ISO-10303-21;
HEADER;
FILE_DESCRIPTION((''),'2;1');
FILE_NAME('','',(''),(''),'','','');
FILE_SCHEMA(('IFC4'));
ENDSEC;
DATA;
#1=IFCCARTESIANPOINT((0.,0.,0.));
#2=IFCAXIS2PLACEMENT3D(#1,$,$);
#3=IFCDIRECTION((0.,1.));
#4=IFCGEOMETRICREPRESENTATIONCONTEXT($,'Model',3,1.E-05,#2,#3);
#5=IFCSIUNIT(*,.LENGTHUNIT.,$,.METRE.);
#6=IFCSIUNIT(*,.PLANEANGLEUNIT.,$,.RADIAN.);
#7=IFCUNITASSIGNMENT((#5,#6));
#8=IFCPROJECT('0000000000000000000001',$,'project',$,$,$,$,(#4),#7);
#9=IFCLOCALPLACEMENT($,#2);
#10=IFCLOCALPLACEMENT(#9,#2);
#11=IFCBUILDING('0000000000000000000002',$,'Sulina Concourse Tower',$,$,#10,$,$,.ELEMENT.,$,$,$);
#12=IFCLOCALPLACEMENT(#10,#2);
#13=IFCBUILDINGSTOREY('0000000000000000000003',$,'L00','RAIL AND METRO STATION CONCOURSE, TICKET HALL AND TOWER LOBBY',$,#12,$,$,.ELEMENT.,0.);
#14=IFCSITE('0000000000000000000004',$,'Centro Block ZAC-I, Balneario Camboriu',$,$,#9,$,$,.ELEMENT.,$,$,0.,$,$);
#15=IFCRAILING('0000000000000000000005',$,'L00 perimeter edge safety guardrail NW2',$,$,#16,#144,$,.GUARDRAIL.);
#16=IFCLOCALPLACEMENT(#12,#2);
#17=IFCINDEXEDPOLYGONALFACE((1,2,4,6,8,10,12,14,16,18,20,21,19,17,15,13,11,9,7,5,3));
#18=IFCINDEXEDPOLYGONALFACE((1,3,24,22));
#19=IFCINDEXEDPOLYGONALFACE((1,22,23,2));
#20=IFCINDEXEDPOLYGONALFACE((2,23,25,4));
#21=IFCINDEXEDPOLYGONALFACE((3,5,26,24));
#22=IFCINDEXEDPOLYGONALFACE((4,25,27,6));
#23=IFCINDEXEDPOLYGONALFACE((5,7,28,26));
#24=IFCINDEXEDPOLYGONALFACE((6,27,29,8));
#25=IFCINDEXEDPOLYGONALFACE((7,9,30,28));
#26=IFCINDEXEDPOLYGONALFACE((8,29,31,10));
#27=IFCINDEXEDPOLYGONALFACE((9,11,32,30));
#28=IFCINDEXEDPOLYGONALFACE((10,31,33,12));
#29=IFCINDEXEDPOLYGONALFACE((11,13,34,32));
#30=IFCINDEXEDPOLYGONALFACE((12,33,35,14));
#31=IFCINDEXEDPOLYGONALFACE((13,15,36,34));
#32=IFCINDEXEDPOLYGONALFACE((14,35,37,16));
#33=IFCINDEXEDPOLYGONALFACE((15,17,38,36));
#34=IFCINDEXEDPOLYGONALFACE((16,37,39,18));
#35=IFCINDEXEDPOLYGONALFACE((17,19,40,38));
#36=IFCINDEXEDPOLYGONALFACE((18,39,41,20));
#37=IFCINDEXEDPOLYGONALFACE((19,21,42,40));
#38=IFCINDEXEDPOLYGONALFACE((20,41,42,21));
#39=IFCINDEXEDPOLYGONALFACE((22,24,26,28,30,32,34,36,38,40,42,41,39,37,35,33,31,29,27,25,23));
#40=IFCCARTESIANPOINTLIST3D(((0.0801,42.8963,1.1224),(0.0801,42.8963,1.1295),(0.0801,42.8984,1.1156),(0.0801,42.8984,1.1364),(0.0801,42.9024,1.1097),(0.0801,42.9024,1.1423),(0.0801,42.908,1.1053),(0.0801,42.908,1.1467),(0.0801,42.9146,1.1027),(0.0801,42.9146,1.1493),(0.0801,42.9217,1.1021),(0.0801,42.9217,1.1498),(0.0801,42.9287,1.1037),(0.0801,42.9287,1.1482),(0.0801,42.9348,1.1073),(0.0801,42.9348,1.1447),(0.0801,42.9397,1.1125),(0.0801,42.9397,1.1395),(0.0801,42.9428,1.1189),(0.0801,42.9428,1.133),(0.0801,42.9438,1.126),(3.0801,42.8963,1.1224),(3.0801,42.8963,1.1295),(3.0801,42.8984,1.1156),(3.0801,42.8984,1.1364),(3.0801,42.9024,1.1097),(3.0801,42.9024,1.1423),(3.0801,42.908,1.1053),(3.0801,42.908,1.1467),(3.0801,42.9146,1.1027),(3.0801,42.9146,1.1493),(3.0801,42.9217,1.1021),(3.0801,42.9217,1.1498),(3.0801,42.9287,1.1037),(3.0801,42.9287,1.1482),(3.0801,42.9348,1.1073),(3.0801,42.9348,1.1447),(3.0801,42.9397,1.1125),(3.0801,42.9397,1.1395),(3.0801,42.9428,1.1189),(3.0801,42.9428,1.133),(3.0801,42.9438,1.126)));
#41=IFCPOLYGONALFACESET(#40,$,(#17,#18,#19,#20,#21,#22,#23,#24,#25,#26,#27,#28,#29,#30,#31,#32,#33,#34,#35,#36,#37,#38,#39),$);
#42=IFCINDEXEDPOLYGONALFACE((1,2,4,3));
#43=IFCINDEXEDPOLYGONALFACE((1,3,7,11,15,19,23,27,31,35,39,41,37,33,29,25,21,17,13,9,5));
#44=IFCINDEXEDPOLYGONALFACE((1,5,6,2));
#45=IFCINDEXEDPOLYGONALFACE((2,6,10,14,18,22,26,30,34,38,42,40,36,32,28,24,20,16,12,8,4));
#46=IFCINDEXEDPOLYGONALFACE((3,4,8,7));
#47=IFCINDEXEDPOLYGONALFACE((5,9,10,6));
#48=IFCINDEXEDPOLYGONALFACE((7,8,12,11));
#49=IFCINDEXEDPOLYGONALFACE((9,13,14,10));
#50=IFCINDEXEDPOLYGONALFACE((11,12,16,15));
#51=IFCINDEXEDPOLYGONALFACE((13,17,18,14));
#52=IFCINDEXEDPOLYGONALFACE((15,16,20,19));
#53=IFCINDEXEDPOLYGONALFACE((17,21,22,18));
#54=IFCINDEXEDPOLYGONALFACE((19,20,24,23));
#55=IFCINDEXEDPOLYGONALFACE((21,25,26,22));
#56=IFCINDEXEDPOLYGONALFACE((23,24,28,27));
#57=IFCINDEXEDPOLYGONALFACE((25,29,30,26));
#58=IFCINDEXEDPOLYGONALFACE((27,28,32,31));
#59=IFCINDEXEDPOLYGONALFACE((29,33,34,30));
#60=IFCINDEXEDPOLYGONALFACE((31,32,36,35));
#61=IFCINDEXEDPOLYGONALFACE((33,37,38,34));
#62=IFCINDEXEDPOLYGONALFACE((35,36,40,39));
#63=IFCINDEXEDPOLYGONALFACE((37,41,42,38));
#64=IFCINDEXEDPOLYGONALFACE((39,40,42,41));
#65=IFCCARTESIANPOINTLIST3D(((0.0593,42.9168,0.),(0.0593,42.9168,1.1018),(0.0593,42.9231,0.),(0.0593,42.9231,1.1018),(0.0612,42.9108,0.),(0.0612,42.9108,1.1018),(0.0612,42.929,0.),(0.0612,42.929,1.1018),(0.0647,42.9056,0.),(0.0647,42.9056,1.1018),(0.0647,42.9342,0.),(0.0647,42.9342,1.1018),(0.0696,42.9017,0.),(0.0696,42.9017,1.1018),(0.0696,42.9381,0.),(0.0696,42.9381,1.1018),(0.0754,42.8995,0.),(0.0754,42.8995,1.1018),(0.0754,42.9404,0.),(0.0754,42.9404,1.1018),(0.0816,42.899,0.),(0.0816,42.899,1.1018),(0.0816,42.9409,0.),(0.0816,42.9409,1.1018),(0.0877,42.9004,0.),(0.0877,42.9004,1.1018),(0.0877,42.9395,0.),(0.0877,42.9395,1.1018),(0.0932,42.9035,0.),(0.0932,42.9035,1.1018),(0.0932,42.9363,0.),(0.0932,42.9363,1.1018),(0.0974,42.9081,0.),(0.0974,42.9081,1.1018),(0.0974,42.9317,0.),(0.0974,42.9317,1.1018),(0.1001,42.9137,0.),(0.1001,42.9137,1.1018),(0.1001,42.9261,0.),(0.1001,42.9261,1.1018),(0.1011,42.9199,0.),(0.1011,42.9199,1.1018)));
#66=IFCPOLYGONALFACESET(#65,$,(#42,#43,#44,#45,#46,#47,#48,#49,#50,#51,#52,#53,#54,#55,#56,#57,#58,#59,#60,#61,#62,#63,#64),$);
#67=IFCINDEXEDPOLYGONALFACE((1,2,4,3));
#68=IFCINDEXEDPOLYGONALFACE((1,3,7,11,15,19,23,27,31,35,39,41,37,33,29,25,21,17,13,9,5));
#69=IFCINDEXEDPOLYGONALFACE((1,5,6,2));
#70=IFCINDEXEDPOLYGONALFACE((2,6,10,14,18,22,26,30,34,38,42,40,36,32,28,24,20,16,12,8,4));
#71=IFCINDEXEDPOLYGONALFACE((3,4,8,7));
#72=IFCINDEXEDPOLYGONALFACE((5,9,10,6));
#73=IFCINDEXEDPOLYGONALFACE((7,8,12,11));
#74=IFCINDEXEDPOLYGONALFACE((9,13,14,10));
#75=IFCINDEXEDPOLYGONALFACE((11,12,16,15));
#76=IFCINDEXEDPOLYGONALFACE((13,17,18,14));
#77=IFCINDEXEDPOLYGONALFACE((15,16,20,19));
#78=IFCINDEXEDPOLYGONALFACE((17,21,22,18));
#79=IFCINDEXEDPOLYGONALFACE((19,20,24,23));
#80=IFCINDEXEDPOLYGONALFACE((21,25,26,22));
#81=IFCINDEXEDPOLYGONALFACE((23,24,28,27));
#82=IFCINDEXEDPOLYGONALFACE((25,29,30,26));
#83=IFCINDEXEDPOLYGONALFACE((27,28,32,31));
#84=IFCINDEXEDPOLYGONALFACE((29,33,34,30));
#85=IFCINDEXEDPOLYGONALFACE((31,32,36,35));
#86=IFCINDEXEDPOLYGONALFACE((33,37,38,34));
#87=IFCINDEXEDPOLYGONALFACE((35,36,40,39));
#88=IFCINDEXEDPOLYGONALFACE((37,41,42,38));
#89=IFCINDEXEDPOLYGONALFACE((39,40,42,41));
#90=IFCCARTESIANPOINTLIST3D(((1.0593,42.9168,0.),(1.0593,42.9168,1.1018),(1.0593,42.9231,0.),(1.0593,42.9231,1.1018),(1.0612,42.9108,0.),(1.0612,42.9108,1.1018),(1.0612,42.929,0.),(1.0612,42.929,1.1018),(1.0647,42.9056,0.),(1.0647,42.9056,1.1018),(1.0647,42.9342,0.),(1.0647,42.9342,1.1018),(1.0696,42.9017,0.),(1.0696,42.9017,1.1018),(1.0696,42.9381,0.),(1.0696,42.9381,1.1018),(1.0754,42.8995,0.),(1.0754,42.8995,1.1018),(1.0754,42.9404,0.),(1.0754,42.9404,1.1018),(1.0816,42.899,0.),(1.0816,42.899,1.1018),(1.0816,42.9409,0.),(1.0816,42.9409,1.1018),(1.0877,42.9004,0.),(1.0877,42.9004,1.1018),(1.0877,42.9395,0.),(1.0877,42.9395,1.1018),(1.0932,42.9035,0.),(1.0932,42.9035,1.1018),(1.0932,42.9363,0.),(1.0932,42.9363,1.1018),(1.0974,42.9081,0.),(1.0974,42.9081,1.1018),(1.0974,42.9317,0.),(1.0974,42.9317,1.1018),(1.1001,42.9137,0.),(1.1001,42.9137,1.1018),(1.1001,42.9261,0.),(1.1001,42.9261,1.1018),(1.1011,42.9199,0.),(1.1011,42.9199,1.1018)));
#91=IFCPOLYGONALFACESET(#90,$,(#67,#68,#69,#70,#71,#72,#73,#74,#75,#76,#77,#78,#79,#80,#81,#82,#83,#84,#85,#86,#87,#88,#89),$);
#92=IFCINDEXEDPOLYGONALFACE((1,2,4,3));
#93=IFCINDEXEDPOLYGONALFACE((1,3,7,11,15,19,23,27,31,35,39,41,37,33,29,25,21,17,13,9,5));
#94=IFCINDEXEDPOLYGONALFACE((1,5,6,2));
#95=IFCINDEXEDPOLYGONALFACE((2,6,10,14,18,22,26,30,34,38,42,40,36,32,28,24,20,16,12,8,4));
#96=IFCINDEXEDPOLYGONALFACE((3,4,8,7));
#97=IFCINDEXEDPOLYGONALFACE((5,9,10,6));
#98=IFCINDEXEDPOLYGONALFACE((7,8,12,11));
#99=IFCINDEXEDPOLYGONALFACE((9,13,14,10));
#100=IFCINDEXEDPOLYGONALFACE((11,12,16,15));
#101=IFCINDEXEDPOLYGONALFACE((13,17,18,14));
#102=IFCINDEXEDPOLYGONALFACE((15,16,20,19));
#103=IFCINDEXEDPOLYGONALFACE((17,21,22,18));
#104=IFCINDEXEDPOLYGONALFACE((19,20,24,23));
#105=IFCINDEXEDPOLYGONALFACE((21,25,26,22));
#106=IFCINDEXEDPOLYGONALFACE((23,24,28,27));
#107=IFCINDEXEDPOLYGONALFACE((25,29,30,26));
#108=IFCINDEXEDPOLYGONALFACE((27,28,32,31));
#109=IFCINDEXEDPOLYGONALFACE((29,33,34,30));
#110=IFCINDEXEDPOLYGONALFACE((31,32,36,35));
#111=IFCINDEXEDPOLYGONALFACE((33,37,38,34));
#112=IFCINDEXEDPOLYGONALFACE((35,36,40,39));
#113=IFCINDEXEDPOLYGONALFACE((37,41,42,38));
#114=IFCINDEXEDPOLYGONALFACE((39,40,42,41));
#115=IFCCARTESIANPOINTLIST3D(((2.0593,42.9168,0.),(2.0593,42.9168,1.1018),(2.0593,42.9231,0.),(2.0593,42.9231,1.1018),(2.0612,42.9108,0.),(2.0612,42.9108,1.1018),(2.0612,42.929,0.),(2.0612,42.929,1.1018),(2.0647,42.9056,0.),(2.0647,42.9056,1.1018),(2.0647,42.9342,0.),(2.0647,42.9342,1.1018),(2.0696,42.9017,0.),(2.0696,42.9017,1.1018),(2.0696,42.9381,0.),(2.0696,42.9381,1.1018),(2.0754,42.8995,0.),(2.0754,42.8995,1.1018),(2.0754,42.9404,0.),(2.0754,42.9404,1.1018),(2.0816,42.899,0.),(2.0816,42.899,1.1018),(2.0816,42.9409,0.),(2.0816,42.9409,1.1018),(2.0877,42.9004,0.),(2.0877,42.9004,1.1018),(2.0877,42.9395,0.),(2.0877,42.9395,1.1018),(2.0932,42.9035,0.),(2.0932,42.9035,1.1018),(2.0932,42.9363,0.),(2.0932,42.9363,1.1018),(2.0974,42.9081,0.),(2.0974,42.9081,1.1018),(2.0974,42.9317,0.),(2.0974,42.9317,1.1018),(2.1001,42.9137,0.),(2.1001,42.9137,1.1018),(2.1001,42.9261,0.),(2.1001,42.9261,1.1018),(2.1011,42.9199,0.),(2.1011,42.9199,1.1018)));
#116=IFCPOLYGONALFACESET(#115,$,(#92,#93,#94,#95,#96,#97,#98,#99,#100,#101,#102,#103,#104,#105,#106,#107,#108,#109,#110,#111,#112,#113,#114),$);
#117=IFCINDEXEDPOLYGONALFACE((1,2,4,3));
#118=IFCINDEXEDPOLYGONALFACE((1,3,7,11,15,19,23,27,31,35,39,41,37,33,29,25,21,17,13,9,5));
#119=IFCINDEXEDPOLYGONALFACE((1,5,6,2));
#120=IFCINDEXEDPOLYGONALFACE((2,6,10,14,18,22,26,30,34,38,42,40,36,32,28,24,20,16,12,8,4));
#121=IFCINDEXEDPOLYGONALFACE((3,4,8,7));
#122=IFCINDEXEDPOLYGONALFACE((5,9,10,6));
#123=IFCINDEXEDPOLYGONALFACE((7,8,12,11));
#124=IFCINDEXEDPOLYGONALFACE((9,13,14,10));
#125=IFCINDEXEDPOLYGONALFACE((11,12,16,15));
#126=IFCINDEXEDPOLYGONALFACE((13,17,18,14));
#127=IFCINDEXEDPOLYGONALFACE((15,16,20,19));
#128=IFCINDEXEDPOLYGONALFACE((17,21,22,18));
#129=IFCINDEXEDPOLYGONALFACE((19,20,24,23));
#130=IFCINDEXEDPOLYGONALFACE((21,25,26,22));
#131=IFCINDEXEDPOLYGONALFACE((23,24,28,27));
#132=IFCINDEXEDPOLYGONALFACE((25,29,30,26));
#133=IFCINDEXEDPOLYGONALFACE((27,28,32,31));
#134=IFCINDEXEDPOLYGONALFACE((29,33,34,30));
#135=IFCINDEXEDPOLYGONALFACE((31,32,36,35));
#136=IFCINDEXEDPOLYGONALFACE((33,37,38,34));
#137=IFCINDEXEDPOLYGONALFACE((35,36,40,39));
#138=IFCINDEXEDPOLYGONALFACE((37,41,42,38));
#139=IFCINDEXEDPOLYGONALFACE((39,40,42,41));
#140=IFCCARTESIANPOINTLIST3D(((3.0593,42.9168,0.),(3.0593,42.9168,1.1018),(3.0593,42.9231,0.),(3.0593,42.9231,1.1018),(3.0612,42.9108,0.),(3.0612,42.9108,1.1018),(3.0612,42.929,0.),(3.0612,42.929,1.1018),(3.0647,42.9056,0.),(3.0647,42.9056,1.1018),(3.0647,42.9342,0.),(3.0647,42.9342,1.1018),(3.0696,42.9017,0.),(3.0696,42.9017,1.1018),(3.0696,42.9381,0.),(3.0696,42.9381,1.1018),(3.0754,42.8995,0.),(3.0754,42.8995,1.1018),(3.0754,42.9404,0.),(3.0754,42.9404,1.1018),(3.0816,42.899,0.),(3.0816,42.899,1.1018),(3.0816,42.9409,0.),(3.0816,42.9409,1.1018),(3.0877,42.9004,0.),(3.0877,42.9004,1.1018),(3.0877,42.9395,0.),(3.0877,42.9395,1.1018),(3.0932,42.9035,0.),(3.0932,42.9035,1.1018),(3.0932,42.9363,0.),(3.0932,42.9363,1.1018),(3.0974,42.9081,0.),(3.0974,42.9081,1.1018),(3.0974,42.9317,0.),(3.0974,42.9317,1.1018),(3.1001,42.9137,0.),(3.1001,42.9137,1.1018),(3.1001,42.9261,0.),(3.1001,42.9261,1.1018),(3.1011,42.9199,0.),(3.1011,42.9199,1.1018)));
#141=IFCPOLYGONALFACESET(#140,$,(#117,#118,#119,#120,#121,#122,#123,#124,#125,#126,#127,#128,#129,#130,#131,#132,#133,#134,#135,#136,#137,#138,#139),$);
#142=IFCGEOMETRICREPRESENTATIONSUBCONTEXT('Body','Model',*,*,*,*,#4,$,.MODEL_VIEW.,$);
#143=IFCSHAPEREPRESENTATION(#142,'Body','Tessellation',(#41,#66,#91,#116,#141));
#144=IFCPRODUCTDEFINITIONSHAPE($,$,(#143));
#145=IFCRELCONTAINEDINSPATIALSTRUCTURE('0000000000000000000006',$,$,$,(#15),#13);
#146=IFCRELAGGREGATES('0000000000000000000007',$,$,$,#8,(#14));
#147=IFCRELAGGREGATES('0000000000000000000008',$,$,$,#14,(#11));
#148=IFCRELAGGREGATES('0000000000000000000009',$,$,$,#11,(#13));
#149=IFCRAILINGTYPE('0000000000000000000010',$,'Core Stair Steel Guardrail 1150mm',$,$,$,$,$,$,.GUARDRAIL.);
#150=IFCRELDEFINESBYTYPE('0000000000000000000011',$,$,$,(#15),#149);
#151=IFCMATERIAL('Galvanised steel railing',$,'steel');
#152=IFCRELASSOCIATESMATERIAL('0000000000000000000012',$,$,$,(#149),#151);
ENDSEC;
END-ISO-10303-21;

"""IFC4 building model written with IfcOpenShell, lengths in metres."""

from ifc_helpers import new_model, si_unit, direction, frame, origin, origin_2d, place, context, subcontext, project, spatial, circle, extrude, material, type_object, element, save


model = new_model("IFC4")

# Units and contexts
model_context = context("Model", 3, precision=1e-05, world=origin(), true_north=direction((0.0, 1.0)))
body_context = subcontext(model_context, "Body", "Model", "MODEL_VIEW")
ifc_project = project(units=[si_unit("LENGTHUNIT", "METRE"), si_unit("PLANEANGLEUNIT", "RADIAN")], contexts=[model_context])

# Site, building, storey
site_placement = place(None, origin())
site = spatial("IfcSite", under=ifc_project, at=site_placement, Name="Centro Block ZAC-I, Balneario Camboriu", CompositionType="ELEMENT", RefElevation=0.0)
building_placement = place(site_placement, origin())
building = spatial("IfcBuilding", under=site, at=building_placement, Name="Sulina Concourse Tower", CompositionType="ELEMENT")
storey_placement = place(building_placement, origin())
storey = spatial("IfcBuildingStorey", under=building, at=storey_placement, Name="L00", Description="RAIL AND METRO STATION CONCOURSE, TICKET HALL AND TOWER LOBBY", CompositionType="ELEMENT", Elevation=0.0)

# Railing
ifc_material_1 = material(Name="Galvanised steel railing", Category="steel")
railing_type_1 = type_object("IfcRailingType", Name="Core Stair Steel Guardrail 1150mm", PredefinedType="GUARDRAIL", material=ifc_material_1)
railing_1_placement = place(storey_placement, frame((0.0801, 42.9199, 0.0)))
element("IfcRailing", 1, at=railing_1_placement, inside=storey, type_object=railing_type_1, Name="L00 perimeter edge safety guardrail NW2", PredefinedType="GUARDRAIL", context=body_context, shape_type="SweptSolid", body=[
    extrude(circle(Radius=0.0239, at=origin_2d()), frame((0.0, 0.0, 1.126), z_axis=(1.0, 0.0, 0.0), x_axis=(0.0, 1.0, 0.0)), (0.0, 0.0, 1.0), 3.0),
    extrude(circle(Radius=0.021, at=origin_2d()), origin(), (0.0, 0.0, 1.0), 1.1018),
    extrude(circle(Radius=0.021, at=origin_2d()), frame((1.0, 0.0, 0.0)), (0.0, 0.0, 1.0), 1.1018),
    extrude(circle(Radius=0.021, at=origin_2d()), frame((2.0, 0.0, 0.0)), (0.0, 0.0, 1.0), 1.1018),
    extrude(circle(Radius=0.021, at=origin_2d()), frame((3.0, 0.0, 0.0)), (0.0, 0.0, 1.0), 1.1018),
])

save(model, "model.ifc")
